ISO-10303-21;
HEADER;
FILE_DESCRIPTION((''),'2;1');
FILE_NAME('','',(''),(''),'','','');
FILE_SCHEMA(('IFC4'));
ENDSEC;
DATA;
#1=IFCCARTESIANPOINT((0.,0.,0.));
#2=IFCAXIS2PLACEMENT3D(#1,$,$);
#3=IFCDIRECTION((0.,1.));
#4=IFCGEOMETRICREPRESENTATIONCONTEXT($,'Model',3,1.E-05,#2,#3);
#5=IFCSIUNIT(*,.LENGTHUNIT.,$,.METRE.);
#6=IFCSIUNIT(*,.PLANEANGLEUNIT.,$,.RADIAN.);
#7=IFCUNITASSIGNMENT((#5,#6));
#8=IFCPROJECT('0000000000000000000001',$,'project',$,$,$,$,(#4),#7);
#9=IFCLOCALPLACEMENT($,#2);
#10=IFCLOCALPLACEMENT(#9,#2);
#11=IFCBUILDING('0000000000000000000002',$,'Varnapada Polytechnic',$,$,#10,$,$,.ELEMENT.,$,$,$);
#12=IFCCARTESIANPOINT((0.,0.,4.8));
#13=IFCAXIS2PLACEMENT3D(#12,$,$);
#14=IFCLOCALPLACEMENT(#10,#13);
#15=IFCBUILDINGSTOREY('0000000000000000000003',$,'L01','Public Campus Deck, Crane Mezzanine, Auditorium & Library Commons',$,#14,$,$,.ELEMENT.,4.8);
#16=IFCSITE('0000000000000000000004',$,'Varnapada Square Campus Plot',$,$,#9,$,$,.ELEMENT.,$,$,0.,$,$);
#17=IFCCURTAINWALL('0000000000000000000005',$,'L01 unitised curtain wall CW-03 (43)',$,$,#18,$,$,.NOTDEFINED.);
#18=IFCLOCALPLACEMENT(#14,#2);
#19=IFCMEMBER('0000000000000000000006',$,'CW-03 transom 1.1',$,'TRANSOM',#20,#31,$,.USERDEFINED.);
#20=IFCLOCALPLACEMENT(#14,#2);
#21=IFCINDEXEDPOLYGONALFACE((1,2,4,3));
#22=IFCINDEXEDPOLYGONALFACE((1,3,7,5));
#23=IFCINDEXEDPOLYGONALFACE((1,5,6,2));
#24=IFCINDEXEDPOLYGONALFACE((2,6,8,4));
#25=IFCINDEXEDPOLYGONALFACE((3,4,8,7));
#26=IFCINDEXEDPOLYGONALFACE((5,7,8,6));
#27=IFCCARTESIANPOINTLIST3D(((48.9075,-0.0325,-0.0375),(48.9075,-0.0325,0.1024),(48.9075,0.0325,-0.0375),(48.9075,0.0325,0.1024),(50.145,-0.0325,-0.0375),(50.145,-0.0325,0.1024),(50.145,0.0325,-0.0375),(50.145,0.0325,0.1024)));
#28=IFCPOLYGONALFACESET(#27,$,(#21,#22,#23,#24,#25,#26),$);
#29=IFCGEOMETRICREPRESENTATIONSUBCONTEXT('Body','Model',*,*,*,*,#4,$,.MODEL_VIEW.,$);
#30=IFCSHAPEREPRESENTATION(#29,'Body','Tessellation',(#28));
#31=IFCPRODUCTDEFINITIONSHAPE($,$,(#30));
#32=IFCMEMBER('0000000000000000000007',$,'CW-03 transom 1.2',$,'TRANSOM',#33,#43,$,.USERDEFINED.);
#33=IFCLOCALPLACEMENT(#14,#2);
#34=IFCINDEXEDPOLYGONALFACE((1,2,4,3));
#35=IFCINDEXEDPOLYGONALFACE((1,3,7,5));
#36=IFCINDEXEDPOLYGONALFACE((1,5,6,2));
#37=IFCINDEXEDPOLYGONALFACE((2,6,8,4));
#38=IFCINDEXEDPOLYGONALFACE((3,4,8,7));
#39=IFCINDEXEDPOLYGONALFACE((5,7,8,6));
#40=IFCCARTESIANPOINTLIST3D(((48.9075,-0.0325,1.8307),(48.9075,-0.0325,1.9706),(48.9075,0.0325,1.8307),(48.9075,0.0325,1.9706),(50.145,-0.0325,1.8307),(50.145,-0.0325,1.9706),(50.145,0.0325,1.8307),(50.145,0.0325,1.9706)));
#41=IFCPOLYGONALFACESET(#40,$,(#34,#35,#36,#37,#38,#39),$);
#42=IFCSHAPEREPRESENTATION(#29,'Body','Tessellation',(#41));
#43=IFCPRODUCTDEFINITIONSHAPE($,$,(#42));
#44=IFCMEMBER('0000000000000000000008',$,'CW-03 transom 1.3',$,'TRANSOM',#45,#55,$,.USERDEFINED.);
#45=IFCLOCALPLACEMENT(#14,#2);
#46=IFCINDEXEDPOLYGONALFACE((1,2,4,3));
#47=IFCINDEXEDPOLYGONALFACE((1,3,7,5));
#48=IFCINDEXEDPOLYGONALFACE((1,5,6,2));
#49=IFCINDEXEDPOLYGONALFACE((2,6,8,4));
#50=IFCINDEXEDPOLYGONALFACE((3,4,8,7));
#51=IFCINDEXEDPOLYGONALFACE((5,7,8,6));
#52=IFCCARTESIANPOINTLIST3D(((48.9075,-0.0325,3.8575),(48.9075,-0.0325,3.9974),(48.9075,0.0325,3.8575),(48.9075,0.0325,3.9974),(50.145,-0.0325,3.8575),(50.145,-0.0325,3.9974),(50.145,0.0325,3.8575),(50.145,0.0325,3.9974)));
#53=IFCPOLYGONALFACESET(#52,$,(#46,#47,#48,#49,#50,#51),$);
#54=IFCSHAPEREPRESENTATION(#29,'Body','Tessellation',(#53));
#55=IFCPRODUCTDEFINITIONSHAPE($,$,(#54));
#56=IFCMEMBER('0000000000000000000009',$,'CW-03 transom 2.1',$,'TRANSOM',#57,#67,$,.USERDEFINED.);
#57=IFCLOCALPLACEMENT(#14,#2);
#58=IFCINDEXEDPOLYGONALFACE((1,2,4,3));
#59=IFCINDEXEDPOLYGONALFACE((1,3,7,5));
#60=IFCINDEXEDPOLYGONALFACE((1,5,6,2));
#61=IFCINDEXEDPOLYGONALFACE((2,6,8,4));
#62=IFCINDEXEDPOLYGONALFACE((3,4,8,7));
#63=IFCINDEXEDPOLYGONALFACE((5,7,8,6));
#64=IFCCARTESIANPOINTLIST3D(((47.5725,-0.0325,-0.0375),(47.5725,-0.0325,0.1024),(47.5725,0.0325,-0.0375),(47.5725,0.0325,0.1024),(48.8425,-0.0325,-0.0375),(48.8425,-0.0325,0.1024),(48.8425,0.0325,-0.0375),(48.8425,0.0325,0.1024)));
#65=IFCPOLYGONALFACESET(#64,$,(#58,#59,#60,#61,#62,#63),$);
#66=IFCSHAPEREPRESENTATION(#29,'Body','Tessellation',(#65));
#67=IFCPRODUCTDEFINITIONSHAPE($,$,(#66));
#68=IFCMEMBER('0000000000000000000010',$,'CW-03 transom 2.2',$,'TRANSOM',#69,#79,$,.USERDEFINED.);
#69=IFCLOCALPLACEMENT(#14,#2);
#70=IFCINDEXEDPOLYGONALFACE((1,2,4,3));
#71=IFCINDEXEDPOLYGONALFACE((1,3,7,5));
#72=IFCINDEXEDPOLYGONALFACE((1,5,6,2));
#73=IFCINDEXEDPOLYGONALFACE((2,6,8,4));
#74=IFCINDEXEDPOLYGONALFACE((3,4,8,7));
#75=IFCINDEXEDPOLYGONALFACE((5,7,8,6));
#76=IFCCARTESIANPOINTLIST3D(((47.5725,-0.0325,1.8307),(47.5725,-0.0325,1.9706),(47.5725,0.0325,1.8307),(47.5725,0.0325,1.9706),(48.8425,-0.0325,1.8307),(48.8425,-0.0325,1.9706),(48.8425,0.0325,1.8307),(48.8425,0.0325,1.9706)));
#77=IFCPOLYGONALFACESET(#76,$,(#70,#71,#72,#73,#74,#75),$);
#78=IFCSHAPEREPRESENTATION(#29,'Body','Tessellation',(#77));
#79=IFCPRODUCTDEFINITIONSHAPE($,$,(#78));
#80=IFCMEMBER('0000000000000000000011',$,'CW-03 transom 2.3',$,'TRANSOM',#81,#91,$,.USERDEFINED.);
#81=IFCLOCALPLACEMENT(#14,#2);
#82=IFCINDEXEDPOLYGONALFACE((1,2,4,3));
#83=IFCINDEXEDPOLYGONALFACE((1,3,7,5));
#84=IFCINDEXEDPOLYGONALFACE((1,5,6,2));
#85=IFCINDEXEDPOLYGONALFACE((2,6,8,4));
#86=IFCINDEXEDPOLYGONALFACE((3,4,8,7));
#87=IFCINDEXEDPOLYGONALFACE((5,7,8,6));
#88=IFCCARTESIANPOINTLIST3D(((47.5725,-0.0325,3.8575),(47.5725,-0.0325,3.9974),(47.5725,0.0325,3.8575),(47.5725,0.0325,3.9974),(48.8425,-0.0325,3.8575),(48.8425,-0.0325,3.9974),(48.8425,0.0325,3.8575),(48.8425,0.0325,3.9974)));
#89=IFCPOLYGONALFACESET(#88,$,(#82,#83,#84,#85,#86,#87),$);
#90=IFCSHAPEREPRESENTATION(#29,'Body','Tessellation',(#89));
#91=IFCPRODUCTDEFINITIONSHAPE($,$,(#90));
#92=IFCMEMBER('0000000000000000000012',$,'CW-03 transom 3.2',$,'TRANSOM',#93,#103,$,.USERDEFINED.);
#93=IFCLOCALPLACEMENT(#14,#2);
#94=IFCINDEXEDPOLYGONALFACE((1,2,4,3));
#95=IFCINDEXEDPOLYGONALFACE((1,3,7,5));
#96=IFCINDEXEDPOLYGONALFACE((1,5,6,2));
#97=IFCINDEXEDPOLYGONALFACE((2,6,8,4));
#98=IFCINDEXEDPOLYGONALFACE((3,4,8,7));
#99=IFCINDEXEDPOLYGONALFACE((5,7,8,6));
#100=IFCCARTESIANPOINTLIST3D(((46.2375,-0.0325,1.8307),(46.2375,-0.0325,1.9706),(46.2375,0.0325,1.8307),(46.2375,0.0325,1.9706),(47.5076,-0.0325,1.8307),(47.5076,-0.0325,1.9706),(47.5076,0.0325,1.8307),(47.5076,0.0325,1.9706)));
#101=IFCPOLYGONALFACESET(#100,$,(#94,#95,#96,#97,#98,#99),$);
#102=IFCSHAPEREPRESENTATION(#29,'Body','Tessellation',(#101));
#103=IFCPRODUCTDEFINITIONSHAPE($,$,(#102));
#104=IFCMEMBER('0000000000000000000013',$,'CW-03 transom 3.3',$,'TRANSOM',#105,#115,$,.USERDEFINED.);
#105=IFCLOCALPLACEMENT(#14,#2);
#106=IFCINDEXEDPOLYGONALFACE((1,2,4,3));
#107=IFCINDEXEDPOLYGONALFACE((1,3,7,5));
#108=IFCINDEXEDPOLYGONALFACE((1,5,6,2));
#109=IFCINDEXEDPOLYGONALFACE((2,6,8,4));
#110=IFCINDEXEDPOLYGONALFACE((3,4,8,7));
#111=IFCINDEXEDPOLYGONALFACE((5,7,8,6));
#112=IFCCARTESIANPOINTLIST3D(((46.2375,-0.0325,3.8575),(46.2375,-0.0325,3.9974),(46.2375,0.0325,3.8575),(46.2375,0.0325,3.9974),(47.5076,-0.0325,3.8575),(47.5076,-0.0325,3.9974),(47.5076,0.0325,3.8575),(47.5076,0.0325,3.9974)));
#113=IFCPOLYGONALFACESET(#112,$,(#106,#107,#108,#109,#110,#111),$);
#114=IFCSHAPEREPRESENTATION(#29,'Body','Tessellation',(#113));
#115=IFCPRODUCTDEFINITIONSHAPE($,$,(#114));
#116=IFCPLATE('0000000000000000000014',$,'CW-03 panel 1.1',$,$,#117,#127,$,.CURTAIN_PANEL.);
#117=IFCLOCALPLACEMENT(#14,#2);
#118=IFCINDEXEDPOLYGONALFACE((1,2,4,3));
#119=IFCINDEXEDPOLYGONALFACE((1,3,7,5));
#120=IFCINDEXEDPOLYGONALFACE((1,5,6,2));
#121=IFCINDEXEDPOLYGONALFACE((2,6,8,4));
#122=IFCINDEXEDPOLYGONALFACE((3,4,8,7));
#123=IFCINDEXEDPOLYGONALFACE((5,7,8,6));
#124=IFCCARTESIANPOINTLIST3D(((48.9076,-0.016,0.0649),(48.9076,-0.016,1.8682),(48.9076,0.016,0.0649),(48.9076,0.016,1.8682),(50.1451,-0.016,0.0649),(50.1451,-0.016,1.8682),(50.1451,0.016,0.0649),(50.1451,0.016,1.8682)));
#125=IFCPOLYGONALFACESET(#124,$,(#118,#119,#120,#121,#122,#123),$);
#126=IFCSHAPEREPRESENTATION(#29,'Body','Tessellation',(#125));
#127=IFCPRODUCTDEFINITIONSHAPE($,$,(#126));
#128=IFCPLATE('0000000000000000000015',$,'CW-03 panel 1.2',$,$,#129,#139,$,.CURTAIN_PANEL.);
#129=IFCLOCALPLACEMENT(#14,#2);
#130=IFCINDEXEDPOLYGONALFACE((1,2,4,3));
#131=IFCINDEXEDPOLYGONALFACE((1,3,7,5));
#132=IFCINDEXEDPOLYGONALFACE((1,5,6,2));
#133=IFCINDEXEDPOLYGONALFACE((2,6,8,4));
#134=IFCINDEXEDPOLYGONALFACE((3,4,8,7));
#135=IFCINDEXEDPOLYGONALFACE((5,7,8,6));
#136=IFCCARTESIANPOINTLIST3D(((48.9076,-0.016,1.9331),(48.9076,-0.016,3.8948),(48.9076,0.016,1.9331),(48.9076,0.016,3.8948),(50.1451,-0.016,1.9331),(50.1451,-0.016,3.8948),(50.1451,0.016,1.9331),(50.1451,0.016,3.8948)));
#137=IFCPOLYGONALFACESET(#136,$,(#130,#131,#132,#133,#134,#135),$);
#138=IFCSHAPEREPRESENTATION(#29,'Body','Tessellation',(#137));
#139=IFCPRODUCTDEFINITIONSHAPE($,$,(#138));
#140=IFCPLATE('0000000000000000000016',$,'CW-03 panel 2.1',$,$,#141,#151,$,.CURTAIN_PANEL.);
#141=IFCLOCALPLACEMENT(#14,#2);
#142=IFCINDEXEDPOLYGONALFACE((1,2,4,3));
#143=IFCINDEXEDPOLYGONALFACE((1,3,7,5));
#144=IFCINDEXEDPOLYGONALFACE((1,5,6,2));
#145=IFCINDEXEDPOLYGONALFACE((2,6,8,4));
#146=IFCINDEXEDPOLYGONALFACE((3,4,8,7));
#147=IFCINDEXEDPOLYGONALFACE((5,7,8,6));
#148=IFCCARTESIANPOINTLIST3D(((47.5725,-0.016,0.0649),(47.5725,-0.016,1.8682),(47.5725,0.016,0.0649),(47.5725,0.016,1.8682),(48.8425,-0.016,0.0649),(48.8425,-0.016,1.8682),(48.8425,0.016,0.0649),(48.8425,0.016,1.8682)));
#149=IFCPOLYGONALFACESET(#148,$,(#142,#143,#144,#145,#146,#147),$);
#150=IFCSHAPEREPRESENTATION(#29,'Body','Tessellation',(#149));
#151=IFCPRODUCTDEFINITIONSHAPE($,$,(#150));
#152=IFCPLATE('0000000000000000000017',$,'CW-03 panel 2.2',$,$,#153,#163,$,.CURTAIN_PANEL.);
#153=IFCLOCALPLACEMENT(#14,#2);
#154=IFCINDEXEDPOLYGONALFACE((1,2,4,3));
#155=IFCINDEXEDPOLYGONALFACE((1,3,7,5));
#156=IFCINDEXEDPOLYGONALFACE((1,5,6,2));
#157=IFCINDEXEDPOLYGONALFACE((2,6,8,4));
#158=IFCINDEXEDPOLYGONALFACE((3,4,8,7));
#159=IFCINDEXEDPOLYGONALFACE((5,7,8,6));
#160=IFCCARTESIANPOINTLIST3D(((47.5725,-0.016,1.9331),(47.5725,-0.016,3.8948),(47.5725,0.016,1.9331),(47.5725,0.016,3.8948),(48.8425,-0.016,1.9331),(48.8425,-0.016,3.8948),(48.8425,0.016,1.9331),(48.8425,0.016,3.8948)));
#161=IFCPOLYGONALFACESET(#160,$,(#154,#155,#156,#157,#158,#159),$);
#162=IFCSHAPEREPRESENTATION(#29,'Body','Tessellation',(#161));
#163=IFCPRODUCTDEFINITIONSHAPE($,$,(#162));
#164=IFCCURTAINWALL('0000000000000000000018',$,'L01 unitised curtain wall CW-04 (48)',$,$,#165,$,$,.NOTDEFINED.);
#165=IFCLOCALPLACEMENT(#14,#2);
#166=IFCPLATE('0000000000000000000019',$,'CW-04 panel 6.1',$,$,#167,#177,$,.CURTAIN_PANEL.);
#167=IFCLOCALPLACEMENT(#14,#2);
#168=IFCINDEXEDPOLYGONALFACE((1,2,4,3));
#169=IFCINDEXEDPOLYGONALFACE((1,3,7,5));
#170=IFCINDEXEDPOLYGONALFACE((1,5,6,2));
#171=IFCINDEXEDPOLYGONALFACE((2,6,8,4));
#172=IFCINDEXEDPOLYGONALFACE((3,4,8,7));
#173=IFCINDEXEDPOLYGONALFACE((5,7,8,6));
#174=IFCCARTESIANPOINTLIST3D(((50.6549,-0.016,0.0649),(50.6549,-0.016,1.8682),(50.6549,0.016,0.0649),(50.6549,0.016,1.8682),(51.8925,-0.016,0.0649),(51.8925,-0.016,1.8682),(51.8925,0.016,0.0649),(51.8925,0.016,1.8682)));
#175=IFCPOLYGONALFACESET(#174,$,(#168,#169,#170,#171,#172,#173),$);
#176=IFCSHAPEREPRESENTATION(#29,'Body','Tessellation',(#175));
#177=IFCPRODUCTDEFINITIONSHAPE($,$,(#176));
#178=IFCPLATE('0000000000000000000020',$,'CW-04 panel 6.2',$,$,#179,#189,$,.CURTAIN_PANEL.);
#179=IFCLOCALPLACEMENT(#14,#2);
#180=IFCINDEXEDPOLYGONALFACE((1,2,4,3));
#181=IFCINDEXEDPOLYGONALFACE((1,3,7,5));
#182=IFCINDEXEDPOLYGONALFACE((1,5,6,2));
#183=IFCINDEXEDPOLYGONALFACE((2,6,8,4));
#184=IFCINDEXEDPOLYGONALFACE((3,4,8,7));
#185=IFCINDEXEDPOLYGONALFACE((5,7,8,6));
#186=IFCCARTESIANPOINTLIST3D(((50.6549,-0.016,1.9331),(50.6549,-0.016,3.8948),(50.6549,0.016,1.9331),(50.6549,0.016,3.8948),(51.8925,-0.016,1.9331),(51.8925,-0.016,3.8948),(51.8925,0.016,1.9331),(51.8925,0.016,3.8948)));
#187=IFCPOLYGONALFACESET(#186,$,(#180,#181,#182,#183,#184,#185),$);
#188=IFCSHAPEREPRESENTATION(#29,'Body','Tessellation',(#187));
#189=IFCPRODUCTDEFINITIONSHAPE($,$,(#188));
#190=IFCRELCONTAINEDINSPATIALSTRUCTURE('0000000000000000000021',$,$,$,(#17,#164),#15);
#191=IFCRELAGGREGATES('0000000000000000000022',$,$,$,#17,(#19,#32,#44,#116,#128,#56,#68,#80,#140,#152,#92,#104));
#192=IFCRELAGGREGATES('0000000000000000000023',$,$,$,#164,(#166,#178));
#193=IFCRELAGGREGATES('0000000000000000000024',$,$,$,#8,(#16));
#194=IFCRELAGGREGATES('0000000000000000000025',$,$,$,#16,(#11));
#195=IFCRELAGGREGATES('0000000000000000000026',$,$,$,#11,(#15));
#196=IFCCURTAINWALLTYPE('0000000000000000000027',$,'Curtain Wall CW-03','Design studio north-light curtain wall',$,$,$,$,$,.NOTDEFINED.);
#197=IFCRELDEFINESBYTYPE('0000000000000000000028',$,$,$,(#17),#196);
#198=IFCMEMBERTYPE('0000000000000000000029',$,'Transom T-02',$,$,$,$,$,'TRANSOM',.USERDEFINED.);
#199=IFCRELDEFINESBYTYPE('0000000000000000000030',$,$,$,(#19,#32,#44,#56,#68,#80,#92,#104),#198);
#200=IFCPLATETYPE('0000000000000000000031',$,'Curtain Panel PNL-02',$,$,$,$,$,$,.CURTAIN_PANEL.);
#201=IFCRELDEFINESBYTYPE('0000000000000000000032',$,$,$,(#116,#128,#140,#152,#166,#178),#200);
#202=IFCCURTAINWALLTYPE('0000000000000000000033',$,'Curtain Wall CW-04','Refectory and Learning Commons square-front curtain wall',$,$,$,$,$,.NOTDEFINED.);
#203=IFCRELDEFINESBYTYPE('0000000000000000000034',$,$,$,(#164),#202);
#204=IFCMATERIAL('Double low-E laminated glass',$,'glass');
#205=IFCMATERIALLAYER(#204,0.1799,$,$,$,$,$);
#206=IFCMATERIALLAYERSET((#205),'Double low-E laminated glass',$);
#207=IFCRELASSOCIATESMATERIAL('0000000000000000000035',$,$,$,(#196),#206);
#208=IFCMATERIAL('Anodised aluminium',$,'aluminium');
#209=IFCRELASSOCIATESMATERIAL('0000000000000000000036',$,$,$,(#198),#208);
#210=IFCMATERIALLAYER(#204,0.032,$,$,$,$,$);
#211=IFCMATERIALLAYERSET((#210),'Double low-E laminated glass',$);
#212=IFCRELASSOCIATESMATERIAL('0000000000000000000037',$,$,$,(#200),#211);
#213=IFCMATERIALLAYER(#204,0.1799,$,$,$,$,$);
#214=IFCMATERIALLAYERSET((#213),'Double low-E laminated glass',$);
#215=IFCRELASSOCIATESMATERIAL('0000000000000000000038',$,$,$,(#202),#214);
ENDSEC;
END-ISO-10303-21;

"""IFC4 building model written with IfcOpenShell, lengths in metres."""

from ifc_helpers import new_model, si_unit, direction, frame, origin, origin_2d, place, context, subcontext, project, spatial, rectangle, extrude, material, layer, layer_set, material_profile, profile_set, type_object, element, aggregate, save


model = new_model("IFC4")

# Units and contexts
model_context = context("Model", 3, precision=1e-05, world=origin(), true_north=direction((0.0, 1.0)))
body_context = subcontext(model_context, "Body", "Model", "MODEL_VIEW")
ifc_project = project(units=[si_unit("LENGTHUNIT", "METRE"), si_unit("PLANEANGLEUNIT", "RADIAN")], contexts=[model_context])

# Site, building, storey
site_placement = place(None, origin())
site = spatial("IfcSite", under=ifc_project, at=site_placement, Name="Varnapada Square Campus Plot", CompositionType="ELEMENT", RefElevation=0.0)
building_placement = place(site_placement, origin())
building = spatial("IfcBuilding", under=site, at=building_placement, Name="Varnapada Polytechnic", CompositionType="ELEMENT")
storey_placement = place(building_placement, frame((0.0, 0.0, 4.8)))
storey = spatial("IfcBuildingStorey", under=building, at=storey_placement, Name="L01", Description="Public Campus Deck, Crane Mezzanine, Auditorium & Library Commons", CompositionType="ELEMENT", Elevation=4.8)

# Curtain wall, members, plates
ifc_material_1 = material(Name="Double low-E laminated glass", Category="glass")
ifc_layer_1 = layer(ifc_material_1, 0.1799)
ifc_layer_set_1 = layer_set([ifc_layer_1], Name="Double low-E laminated glass")
curtain_wall_type_1 = type_object("IfcCurtainWallType", Name="Curtain Wall CW-03", Description="Design studio north-light curtain wall", PredefinedType="NOTDEFINED", material=ifc_layer_set_1)
curtain_wall_1_placement = place(storey_placement, origin())
curtain_wall_1 = element("IfcCurtainWall", 1, at=curtain_wall_1_placement, inside=storey, type_object=curtain_wall_type_1, Name="L01 unitised curtain wall CW-03 (43)", PredefinedType="NOTDEFINED")
ifc_material_2 = material(Name="Anodised aluminium", Category="aluminium")
ifc_material_profile = material_profile(ifc_material_2, rectangle(XDim=0.0649, YDim=0.1399, at=origin_2d()), Name="ALU T65x140")
ifc_profile_set = profile_set([ifc_material_profile], Name="Anodised aluminium")
member_type = type_object("IfcMemberType", Name="Transom T-02", ElementType="TRANSOM", PredefinedType="USERDEFINED", material=ifc_profile_set)
member_1_placement = place(storey_placement, frame((50.145, 0.0, 0.0325), z_axis=(-1.0, 0.0, 0.0), x_axis=(0.0, -1.0, 0.0)))
member_1 = element("IfcMember", 2, at=member_1_placement, type_object=member_type, Name="CW-03 transom 1.1", ObjectType="TRANSOM", PredefinedType="USERDEFINED", context=body_context, shape_type="SweptSolid", body=[
    extrude(rectangle(XDim=0.0649, YDim=0.1399, at=origin_2d()), origin(), (0.0, 0.0, 1.0), 1.2375),
])
member_2_placement = place(storey_placement, frame((50.145, 0.0, 1.9006), z_axis=(-1.0, 0.0, 0.0), x_axis=(0.0, -1.0, 0.0)))
member_2 = element("IfcMember", 3, at=member_2_placement, type_object=member_type, Name="CW-03 transom 1.2", ObjectType="TRANSOM", PredefinedType="USERDEFINED", context=body_context, shape_type="SweptSolid", body=[
    extrude(rectangle(XDim=0.0649, YDim=0.1399, at=origin_2d()), origin(), (0.0, 0.0, 1.0), 1.2375),
])
member_3_placement = place(storey_placement, frame((50.145, 0.0, 3.9275), z_axis=(-1.0, 0.0, 0.0), x_axis=(0.0, -1.0, 0.0)))
member_3 = element("IfcMember", 4, at=member_3_placement, type_object=member_type, Name="CW-03 transom 1.3", ObjectType="TRANSOM", PredefinedType="USERDEFINED", context=body_context, shape_type="SweptSolid", body=[
    extrude(rectangle(XDim=0.0649, YDim=0.1399, at=origin_2d()), origin(), (0.0, 0.0, 1.0), 1.2375),
])
member_4_placement = place(storey_placement, frame((48.8425, 0.0, 0.0325), z_axis=(-1.0, 0.0, 0.0), x_axis=(0.0, -1.0, 0.0)))
member_4 = element("IfcMember", 5, at=member_4_placement, type_object=member_type, Name="CW-03 transom 2.1", ObjectType="TRANSOM", PredefinedType="USERDEFINED", context=body_context, shape_type="SweptSolid", body=[
    extrude(rectangle(XDim=0.0649, YDim=0.1399, at=origin_2d()), origin(), (0.0, 0.0, 1.0), 1.27),
])
member_5_placement = place(storey_placement, frame((48.8425, 0.0, 1.9006), z_axis=(-1.0, 0.0, 0.0), x_axis=(0.0, -1.0, 0.0)))
member_5 = element("IfcMember", 6, at=member_5_placement, type_object=member_type, Name="CW-03 transom 2.2", ObjectType="TRANSOM", PredefinedType="USERDEFINED", context=body_context, shape_type="SweptSolid", body=[
    extrude(rectangle(XDim=0.0649, YDim=0.1399, at=origin_2d()), origin(), (0.0, 0.0, 1.0), 1.27),
])
member_6_placement = place(storey_placement, frame((48.8425, 0.0, 3.9275), z_axis=(-1.0, 0.0, 0.0), x_axis=(0.0, -1.0, 0.0)))
member_6 = element("IfcMember", 7, at=member_6_placement, type_object=member_type, Name="CW-03 transom 2.3", ObjectType="TRANSOM", PredefinedType="USERDEFINED", context=body_context, shape_type="SweptSolid", body=[
    extrude(rectangle(XDim=0.0649, YDim=0.1399, at=origin_2d()), origin(), (0.0, 0.0, 1.0), 1.27),
])
member_7_placement = place(storey_placement, frame((47.5076, 0.0, 1.9006), z_axis=(-1.0, 0.0, 0.0), x_axis=(0.0, -1.0, 0.0)))
member_7 = element("IfcMember", 8, at=member_7_placement, type_object=member_type, Name="CW-03 transom 3.2", ObjectType="TRANSOM", PredefinedType="USERDEFINED", context=body_context, shape_type="SweptSolid", body=[
    extrude(rectangle(XDim=0.0649, YDim=0.1399, at=origin_2d()), origin(), (0.0, 0.0, 1.0), 1.27),
])
member_8_placement = place(storey_placement, frame((47.5076, 0.0, 3.9275), z_axis=(-1.0, 0.0, 0.0), x_axis=(0.0, -1.0, 0.0)))
member_8 = element("IfcMember", 9, at=member_8_placement, type_object=member_type, Name="CW-03 transom 3.3", ObjectType="TRANSOM", PredefinedType="USERDEFINED", context=body_context, shape_type="SweptSolid", body=[
    extrude(rectangle(XDim=0.0649, YDim=0.1399, at=origin_2d()), origin(), (0.0, 0.0, 1.0), 1.27),
])
ifc_layer_2 = layer(ifc_material_1, 0.032)
ifc_layer_set_2 = layer_set([ifc_layer_2], Name="Double low-E laminated glass")
plate_type = type_object("IfcPlateType", Name="Curtain Panel PNL-02", PredefinedType="CURTAIN_PANEL", material=ifc_layer_set_2)
plate_1_placement = place(storey_placement, frame((49.5264, 0.0, 0.0649), z_axis=(0.0, 0.0, 1.0), x_axis=(-1.0, 0.0, 0.0)))
plate_1 = element("IfcPlate", 10, at=plate_1_placement, type_object=plate_type, Name="CW-03 panel 1.1", PredefinedType="CURTAIN_PANEL", context=body_context, shape_type="SweptSolid", body=[
    extrude(rectangle(XDim=1.2375, YDim=0.032, at=origin_2d()), origin(), (0.0, 0.0, 1.0), 1.8032),
])
plate_2_placement = place(storey_placement, frame((49.5264, 0.0, 1.9331), z_axis=(0.0, 0.0, 1.0), x_axis=(-1.0, 0.0, 0.0)))
plate_2 = element("IfcPlate", 11, at=plate_2_placement, type_object=plate_type, Name="CW-03 panel 1.2", PredefinedType="CURTAIN_PANEL", context=body_context, shape_type="SweptSolid", body=[
    extrude(rectangle(XDim=1.2375, YDim=0.032, at=origin_2d()), origin(), (0.0, 0.0, 1.0), 1.9617),
])
plate_3_placement = place(storey_placement, frame((48.2075, 0.0, 0.0649), z_axis=(0.0, 0.0, 1.0), x_axis=(-1.0, 0.0, 0.0)))
plate_3 = element("IfcPlate", 12, at=plate_3_placement, type_object=plate_type, Name="CW-03 panel 2.1", PredefinedType="CURTAIN_PANEL", context=body_context, shape_type="SweptSolid", body=[
    extrude(rectangle(XDim=1.27, YDim=0.032, at=origin_2d()), origin(), (0.0, 0.0, 1.0), 1.8032),
])
plate_4_placement = place(storey_placement, frame((48.2075, 0.0, 1.9331), z_axis=(0.0, 0.0, 1.0), x_axis=(-1.0, 0.0, 0.0)))
plate_4 = element("IfcPlate", 13, at=plate_4_placement, type_object=plate_type, Name="CW-03 panel 2.2", PredefinedType="CURTAIN_PANEL", context=body_context, shape_type="SweptSolid", body=[
    extrude(rectangle(XDim=1.27, YDim=0.032, at=origin_2d()), origin(), (0.0, 0.0, 1.0), 1.9617),
])
aggregate(curtain_wall_1, [member_1, member_2, member_3, plate_1, plate_2, member_4, member_5, member_6, plate_3, plate_4, member_7, member_8])

# Curtain wall, plates
ifc_layer_3 = layer(ifc_material_1, 0.1799)
ifc_layer_set_3 = layer_set([ifc_layer_3], Name="Double low-E laminated glass")
curtain_wall_type_2 = type_object("IfcCurtainWallType", Name="Curtain Wall CW-04", Description="Refectory and Learning Commons square-front curtain wall", PredefinedType="NOTDEFINED", material=ifc_layer_set_3)
curtain_wall_2_placement = place(storey_placement, origin())
curtain_wall_2 = element("IfcCurtainWall", 14, at=curtain_wall_2_placement, inside=storey, type_object=curtain_wall_type_2, Name="L01 unitised curtain wall CW-04 (48)", PredefinedType="NOTDEFINED")
plate_5_placement = place(storey_placement, frame((51.2737, 0.0, 0.0649), z_axis=(0.0, 0.0, 1.0), x_axis=(-1.0, 0.0, 0.0)))
plate_5 = element("IfcPlate", 15, at=plate_5_placement, type_object=plate_type, Name="CW-04 panel 6.1", PredefinedType="CURTAIN_PANEL", context=body_context, shape_type="SweptSolid", body=[
    extrude(rectangle(XDim=1.2375, YDim=0.032, at=origin_2d()), origin(), (0.0, 0.0, 1.0), 1.8032),
])
plate_6_placement = place(storey_placement, frame((51.2737, 0.0, 1.9331), z_axis=(0.0, 0.0, 1.0), x_axis=(-1.0, 0.0, 0.0)))
plate_6 = element("IfcPlate", 16, at=plate_6_placement, type_object=plate_type, Name="CW-04 panel 6.2", PredefinedType="CURTAIN_PANEL", context=body_context, shape_type="SweptSolid", body=[
    extrude(rectangle(XDim=1.2375, YDim=0.032, at=origin_2d()), origin(), (0.0, 0.0, 1.0), 1.9617),
])
aggregate(curtain_wall_2, [plate_5, plate_6])

save(model, "model.ifc")
